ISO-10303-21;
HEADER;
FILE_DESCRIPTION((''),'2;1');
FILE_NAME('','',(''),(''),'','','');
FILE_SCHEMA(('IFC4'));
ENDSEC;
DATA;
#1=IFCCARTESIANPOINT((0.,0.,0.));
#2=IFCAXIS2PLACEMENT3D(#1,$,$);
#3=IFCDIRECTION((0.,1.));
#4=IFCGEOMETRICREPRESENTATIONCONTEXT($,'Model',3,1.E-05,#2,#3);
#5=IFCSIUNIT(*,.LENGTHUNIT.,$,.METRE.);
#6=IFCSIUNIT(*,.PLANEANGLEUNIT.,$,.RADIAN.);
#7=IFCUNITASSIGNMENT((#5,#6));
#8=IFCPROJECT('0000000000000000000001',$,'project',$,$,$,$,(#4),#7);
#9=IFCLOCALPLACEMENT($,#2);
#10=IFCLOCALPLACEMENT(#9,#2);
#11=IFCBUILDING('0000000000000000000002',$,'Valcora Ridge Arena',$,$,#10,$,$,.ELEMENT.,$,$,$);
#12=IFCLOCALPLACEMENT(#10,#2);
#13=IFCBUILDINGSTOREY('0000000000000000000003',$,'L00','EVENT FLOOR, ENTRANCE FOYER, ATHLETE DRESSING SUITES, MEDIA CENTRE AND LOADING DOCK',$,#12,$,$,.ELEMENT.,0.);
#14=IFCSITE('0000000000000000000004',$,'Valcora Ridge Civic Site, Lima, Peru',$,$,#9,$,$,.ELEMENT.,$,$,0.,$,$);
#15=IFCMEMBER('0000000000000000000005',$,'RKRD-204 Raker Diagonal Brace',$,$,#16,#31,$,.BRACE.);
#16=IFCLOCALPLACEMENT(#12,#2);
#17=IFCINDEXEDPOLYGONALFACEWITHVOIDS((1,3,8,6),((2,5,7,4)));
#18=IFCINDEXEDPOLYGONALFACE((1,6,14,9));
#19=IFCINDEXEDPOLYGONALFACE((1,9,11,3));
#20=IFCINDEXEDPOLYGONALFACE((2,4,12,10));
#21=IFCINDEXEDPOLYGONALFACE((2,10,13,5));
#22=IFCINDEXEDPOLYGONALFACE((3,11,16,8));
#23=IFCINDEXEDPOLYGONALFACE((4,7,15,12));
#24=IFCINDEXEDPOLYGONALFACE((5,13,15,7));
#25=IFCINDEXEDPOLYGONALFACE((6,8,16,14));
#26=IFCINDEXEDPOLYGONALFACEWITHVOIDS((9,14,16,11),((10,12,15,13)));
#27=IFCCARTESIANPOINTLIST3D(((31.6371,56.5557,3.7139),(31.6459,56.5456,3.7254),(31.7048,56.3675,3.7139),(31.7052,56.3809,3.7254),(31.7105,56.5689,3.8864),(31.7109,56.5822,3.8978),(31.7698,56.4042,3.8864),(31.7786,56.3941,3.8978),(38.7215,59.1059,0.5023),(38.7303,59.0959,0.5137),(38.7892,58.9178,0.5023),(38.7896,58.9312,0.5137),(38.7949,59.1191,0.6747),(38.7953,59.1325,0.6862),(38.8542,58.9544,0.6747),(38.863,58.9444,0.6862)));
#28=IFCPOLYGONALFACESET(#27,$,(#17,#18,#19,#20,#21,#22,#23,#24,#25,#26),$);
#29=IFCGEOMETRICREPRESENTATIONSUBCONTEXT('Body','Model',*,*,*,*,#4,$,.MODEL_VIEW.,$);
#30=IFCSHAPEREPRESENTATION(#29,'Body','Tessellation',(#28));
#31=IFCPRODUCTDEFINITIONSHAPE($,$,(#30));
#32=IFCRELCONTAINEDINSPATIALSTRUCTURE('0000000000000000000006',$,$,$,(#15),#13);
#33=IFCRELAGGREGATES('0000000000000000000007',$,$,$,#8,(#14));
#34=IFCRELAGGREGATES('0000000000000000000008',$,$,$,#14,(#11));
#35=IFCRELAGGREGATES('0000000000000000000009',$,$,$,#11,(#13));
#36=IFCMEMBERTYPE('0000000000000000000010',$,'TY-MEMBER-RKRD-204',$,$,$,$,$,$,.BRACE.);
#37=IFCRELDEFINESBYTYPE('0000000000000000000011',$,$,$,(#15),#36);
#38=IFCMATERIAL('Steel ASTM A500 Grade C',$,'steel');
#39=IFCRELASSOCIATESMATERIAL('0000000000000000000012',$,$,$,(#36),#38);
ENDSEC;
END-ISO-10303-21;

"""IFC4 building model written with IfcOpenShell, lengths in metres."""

from ifc_helpers import new_model, si_unit, direction, frame, origin, origin_2d, place, context, subcontext, project, spatial, hollow_rectangle, extrude, material, material_profile, profile_set, type_object, element, save


model = new_model("IFC4")

# Units and contexts
model_context = context("Model", 3, precision=1e-05, world=origin(), true_north=direction((0.0, 1.0)))
body_context = subcontext(model_context, "Body", "Model", "MODEL_VIEW")
ifc_project = project(units=[si_unit("LENGTHUNIT", "METRE"), si_unit("PLANEANGLEUNIT", "RADIAN")], contexts=[model_context])

# Site, building, storey
site_placement = place(None, origin())
site = spatial("IfcSite", under=ifc_project, at=site_placement, Name="Valcora Ridge Civic Site, Lima, Peru", CompositionType="ELEMENT", RefElevation=0.0)
building_placement = place(site_placement, origin())
building = spatial("IfcBuilding", under=site, at=building_placement, Name="Valcora Ridge Arena", CompositionType="ELEMENT")
storey_placement = place(building_placement, origin())
storey = spatial("IfcBuildingStorey", under=building, at=storey_placement, Name="L00", Description="EVENT FLOOR, ENTRANCE FOYER, ATHLETE DRESSING SUITES, MEDIA CENTRE AND LOADING DOCK", CompositionType="ELEMENT", Elevation=0.0)

# Member
ifc_material_1 = material(Name="Steel ASTM A500 Grade C", Category="steel")
ifc_material_profile_1 = material_profile(ifc_material_1, hollow_rectangle(XDim=0.2, YDim=0.2, WallThickness=0.0125, at=origin_2d()), Name="HSS200X200X12")
ifc_profile_set_1 = profile_set([ifc_material_profile_1], Name="Steel ASTM A500 Grade C")
member_type_1 = type_object("IfcMemberType", Name="TY-MEMBER-RKRD-204", PredefinedType="BRACE", material=ifc_profile_set_1)
member_1_placement = place(storey_placement, frame((38.7922, 59.0251, 0.5942), z_axis=(-0.865451, -0.311548, 0.392343), x_axis=(0.338706, -0.940892, 0.0)))
element("IfcMember", 1, at=member_1_placement, inside=storey, type_object=member_type_1, Name="RKRD-204 Raker Diagonal Brace", PredefinedType="BRACE", context=body_context, shape_type="SweptSolid", body=[
    extrude(hollow_rectangle(XDim=0.2, YDim=0.2, WallThickness=0.0125, at=origin_2d()), origin(), (0.0, 0.0, 1.0), 8.1858),
])

save(model, "model.ifc")
